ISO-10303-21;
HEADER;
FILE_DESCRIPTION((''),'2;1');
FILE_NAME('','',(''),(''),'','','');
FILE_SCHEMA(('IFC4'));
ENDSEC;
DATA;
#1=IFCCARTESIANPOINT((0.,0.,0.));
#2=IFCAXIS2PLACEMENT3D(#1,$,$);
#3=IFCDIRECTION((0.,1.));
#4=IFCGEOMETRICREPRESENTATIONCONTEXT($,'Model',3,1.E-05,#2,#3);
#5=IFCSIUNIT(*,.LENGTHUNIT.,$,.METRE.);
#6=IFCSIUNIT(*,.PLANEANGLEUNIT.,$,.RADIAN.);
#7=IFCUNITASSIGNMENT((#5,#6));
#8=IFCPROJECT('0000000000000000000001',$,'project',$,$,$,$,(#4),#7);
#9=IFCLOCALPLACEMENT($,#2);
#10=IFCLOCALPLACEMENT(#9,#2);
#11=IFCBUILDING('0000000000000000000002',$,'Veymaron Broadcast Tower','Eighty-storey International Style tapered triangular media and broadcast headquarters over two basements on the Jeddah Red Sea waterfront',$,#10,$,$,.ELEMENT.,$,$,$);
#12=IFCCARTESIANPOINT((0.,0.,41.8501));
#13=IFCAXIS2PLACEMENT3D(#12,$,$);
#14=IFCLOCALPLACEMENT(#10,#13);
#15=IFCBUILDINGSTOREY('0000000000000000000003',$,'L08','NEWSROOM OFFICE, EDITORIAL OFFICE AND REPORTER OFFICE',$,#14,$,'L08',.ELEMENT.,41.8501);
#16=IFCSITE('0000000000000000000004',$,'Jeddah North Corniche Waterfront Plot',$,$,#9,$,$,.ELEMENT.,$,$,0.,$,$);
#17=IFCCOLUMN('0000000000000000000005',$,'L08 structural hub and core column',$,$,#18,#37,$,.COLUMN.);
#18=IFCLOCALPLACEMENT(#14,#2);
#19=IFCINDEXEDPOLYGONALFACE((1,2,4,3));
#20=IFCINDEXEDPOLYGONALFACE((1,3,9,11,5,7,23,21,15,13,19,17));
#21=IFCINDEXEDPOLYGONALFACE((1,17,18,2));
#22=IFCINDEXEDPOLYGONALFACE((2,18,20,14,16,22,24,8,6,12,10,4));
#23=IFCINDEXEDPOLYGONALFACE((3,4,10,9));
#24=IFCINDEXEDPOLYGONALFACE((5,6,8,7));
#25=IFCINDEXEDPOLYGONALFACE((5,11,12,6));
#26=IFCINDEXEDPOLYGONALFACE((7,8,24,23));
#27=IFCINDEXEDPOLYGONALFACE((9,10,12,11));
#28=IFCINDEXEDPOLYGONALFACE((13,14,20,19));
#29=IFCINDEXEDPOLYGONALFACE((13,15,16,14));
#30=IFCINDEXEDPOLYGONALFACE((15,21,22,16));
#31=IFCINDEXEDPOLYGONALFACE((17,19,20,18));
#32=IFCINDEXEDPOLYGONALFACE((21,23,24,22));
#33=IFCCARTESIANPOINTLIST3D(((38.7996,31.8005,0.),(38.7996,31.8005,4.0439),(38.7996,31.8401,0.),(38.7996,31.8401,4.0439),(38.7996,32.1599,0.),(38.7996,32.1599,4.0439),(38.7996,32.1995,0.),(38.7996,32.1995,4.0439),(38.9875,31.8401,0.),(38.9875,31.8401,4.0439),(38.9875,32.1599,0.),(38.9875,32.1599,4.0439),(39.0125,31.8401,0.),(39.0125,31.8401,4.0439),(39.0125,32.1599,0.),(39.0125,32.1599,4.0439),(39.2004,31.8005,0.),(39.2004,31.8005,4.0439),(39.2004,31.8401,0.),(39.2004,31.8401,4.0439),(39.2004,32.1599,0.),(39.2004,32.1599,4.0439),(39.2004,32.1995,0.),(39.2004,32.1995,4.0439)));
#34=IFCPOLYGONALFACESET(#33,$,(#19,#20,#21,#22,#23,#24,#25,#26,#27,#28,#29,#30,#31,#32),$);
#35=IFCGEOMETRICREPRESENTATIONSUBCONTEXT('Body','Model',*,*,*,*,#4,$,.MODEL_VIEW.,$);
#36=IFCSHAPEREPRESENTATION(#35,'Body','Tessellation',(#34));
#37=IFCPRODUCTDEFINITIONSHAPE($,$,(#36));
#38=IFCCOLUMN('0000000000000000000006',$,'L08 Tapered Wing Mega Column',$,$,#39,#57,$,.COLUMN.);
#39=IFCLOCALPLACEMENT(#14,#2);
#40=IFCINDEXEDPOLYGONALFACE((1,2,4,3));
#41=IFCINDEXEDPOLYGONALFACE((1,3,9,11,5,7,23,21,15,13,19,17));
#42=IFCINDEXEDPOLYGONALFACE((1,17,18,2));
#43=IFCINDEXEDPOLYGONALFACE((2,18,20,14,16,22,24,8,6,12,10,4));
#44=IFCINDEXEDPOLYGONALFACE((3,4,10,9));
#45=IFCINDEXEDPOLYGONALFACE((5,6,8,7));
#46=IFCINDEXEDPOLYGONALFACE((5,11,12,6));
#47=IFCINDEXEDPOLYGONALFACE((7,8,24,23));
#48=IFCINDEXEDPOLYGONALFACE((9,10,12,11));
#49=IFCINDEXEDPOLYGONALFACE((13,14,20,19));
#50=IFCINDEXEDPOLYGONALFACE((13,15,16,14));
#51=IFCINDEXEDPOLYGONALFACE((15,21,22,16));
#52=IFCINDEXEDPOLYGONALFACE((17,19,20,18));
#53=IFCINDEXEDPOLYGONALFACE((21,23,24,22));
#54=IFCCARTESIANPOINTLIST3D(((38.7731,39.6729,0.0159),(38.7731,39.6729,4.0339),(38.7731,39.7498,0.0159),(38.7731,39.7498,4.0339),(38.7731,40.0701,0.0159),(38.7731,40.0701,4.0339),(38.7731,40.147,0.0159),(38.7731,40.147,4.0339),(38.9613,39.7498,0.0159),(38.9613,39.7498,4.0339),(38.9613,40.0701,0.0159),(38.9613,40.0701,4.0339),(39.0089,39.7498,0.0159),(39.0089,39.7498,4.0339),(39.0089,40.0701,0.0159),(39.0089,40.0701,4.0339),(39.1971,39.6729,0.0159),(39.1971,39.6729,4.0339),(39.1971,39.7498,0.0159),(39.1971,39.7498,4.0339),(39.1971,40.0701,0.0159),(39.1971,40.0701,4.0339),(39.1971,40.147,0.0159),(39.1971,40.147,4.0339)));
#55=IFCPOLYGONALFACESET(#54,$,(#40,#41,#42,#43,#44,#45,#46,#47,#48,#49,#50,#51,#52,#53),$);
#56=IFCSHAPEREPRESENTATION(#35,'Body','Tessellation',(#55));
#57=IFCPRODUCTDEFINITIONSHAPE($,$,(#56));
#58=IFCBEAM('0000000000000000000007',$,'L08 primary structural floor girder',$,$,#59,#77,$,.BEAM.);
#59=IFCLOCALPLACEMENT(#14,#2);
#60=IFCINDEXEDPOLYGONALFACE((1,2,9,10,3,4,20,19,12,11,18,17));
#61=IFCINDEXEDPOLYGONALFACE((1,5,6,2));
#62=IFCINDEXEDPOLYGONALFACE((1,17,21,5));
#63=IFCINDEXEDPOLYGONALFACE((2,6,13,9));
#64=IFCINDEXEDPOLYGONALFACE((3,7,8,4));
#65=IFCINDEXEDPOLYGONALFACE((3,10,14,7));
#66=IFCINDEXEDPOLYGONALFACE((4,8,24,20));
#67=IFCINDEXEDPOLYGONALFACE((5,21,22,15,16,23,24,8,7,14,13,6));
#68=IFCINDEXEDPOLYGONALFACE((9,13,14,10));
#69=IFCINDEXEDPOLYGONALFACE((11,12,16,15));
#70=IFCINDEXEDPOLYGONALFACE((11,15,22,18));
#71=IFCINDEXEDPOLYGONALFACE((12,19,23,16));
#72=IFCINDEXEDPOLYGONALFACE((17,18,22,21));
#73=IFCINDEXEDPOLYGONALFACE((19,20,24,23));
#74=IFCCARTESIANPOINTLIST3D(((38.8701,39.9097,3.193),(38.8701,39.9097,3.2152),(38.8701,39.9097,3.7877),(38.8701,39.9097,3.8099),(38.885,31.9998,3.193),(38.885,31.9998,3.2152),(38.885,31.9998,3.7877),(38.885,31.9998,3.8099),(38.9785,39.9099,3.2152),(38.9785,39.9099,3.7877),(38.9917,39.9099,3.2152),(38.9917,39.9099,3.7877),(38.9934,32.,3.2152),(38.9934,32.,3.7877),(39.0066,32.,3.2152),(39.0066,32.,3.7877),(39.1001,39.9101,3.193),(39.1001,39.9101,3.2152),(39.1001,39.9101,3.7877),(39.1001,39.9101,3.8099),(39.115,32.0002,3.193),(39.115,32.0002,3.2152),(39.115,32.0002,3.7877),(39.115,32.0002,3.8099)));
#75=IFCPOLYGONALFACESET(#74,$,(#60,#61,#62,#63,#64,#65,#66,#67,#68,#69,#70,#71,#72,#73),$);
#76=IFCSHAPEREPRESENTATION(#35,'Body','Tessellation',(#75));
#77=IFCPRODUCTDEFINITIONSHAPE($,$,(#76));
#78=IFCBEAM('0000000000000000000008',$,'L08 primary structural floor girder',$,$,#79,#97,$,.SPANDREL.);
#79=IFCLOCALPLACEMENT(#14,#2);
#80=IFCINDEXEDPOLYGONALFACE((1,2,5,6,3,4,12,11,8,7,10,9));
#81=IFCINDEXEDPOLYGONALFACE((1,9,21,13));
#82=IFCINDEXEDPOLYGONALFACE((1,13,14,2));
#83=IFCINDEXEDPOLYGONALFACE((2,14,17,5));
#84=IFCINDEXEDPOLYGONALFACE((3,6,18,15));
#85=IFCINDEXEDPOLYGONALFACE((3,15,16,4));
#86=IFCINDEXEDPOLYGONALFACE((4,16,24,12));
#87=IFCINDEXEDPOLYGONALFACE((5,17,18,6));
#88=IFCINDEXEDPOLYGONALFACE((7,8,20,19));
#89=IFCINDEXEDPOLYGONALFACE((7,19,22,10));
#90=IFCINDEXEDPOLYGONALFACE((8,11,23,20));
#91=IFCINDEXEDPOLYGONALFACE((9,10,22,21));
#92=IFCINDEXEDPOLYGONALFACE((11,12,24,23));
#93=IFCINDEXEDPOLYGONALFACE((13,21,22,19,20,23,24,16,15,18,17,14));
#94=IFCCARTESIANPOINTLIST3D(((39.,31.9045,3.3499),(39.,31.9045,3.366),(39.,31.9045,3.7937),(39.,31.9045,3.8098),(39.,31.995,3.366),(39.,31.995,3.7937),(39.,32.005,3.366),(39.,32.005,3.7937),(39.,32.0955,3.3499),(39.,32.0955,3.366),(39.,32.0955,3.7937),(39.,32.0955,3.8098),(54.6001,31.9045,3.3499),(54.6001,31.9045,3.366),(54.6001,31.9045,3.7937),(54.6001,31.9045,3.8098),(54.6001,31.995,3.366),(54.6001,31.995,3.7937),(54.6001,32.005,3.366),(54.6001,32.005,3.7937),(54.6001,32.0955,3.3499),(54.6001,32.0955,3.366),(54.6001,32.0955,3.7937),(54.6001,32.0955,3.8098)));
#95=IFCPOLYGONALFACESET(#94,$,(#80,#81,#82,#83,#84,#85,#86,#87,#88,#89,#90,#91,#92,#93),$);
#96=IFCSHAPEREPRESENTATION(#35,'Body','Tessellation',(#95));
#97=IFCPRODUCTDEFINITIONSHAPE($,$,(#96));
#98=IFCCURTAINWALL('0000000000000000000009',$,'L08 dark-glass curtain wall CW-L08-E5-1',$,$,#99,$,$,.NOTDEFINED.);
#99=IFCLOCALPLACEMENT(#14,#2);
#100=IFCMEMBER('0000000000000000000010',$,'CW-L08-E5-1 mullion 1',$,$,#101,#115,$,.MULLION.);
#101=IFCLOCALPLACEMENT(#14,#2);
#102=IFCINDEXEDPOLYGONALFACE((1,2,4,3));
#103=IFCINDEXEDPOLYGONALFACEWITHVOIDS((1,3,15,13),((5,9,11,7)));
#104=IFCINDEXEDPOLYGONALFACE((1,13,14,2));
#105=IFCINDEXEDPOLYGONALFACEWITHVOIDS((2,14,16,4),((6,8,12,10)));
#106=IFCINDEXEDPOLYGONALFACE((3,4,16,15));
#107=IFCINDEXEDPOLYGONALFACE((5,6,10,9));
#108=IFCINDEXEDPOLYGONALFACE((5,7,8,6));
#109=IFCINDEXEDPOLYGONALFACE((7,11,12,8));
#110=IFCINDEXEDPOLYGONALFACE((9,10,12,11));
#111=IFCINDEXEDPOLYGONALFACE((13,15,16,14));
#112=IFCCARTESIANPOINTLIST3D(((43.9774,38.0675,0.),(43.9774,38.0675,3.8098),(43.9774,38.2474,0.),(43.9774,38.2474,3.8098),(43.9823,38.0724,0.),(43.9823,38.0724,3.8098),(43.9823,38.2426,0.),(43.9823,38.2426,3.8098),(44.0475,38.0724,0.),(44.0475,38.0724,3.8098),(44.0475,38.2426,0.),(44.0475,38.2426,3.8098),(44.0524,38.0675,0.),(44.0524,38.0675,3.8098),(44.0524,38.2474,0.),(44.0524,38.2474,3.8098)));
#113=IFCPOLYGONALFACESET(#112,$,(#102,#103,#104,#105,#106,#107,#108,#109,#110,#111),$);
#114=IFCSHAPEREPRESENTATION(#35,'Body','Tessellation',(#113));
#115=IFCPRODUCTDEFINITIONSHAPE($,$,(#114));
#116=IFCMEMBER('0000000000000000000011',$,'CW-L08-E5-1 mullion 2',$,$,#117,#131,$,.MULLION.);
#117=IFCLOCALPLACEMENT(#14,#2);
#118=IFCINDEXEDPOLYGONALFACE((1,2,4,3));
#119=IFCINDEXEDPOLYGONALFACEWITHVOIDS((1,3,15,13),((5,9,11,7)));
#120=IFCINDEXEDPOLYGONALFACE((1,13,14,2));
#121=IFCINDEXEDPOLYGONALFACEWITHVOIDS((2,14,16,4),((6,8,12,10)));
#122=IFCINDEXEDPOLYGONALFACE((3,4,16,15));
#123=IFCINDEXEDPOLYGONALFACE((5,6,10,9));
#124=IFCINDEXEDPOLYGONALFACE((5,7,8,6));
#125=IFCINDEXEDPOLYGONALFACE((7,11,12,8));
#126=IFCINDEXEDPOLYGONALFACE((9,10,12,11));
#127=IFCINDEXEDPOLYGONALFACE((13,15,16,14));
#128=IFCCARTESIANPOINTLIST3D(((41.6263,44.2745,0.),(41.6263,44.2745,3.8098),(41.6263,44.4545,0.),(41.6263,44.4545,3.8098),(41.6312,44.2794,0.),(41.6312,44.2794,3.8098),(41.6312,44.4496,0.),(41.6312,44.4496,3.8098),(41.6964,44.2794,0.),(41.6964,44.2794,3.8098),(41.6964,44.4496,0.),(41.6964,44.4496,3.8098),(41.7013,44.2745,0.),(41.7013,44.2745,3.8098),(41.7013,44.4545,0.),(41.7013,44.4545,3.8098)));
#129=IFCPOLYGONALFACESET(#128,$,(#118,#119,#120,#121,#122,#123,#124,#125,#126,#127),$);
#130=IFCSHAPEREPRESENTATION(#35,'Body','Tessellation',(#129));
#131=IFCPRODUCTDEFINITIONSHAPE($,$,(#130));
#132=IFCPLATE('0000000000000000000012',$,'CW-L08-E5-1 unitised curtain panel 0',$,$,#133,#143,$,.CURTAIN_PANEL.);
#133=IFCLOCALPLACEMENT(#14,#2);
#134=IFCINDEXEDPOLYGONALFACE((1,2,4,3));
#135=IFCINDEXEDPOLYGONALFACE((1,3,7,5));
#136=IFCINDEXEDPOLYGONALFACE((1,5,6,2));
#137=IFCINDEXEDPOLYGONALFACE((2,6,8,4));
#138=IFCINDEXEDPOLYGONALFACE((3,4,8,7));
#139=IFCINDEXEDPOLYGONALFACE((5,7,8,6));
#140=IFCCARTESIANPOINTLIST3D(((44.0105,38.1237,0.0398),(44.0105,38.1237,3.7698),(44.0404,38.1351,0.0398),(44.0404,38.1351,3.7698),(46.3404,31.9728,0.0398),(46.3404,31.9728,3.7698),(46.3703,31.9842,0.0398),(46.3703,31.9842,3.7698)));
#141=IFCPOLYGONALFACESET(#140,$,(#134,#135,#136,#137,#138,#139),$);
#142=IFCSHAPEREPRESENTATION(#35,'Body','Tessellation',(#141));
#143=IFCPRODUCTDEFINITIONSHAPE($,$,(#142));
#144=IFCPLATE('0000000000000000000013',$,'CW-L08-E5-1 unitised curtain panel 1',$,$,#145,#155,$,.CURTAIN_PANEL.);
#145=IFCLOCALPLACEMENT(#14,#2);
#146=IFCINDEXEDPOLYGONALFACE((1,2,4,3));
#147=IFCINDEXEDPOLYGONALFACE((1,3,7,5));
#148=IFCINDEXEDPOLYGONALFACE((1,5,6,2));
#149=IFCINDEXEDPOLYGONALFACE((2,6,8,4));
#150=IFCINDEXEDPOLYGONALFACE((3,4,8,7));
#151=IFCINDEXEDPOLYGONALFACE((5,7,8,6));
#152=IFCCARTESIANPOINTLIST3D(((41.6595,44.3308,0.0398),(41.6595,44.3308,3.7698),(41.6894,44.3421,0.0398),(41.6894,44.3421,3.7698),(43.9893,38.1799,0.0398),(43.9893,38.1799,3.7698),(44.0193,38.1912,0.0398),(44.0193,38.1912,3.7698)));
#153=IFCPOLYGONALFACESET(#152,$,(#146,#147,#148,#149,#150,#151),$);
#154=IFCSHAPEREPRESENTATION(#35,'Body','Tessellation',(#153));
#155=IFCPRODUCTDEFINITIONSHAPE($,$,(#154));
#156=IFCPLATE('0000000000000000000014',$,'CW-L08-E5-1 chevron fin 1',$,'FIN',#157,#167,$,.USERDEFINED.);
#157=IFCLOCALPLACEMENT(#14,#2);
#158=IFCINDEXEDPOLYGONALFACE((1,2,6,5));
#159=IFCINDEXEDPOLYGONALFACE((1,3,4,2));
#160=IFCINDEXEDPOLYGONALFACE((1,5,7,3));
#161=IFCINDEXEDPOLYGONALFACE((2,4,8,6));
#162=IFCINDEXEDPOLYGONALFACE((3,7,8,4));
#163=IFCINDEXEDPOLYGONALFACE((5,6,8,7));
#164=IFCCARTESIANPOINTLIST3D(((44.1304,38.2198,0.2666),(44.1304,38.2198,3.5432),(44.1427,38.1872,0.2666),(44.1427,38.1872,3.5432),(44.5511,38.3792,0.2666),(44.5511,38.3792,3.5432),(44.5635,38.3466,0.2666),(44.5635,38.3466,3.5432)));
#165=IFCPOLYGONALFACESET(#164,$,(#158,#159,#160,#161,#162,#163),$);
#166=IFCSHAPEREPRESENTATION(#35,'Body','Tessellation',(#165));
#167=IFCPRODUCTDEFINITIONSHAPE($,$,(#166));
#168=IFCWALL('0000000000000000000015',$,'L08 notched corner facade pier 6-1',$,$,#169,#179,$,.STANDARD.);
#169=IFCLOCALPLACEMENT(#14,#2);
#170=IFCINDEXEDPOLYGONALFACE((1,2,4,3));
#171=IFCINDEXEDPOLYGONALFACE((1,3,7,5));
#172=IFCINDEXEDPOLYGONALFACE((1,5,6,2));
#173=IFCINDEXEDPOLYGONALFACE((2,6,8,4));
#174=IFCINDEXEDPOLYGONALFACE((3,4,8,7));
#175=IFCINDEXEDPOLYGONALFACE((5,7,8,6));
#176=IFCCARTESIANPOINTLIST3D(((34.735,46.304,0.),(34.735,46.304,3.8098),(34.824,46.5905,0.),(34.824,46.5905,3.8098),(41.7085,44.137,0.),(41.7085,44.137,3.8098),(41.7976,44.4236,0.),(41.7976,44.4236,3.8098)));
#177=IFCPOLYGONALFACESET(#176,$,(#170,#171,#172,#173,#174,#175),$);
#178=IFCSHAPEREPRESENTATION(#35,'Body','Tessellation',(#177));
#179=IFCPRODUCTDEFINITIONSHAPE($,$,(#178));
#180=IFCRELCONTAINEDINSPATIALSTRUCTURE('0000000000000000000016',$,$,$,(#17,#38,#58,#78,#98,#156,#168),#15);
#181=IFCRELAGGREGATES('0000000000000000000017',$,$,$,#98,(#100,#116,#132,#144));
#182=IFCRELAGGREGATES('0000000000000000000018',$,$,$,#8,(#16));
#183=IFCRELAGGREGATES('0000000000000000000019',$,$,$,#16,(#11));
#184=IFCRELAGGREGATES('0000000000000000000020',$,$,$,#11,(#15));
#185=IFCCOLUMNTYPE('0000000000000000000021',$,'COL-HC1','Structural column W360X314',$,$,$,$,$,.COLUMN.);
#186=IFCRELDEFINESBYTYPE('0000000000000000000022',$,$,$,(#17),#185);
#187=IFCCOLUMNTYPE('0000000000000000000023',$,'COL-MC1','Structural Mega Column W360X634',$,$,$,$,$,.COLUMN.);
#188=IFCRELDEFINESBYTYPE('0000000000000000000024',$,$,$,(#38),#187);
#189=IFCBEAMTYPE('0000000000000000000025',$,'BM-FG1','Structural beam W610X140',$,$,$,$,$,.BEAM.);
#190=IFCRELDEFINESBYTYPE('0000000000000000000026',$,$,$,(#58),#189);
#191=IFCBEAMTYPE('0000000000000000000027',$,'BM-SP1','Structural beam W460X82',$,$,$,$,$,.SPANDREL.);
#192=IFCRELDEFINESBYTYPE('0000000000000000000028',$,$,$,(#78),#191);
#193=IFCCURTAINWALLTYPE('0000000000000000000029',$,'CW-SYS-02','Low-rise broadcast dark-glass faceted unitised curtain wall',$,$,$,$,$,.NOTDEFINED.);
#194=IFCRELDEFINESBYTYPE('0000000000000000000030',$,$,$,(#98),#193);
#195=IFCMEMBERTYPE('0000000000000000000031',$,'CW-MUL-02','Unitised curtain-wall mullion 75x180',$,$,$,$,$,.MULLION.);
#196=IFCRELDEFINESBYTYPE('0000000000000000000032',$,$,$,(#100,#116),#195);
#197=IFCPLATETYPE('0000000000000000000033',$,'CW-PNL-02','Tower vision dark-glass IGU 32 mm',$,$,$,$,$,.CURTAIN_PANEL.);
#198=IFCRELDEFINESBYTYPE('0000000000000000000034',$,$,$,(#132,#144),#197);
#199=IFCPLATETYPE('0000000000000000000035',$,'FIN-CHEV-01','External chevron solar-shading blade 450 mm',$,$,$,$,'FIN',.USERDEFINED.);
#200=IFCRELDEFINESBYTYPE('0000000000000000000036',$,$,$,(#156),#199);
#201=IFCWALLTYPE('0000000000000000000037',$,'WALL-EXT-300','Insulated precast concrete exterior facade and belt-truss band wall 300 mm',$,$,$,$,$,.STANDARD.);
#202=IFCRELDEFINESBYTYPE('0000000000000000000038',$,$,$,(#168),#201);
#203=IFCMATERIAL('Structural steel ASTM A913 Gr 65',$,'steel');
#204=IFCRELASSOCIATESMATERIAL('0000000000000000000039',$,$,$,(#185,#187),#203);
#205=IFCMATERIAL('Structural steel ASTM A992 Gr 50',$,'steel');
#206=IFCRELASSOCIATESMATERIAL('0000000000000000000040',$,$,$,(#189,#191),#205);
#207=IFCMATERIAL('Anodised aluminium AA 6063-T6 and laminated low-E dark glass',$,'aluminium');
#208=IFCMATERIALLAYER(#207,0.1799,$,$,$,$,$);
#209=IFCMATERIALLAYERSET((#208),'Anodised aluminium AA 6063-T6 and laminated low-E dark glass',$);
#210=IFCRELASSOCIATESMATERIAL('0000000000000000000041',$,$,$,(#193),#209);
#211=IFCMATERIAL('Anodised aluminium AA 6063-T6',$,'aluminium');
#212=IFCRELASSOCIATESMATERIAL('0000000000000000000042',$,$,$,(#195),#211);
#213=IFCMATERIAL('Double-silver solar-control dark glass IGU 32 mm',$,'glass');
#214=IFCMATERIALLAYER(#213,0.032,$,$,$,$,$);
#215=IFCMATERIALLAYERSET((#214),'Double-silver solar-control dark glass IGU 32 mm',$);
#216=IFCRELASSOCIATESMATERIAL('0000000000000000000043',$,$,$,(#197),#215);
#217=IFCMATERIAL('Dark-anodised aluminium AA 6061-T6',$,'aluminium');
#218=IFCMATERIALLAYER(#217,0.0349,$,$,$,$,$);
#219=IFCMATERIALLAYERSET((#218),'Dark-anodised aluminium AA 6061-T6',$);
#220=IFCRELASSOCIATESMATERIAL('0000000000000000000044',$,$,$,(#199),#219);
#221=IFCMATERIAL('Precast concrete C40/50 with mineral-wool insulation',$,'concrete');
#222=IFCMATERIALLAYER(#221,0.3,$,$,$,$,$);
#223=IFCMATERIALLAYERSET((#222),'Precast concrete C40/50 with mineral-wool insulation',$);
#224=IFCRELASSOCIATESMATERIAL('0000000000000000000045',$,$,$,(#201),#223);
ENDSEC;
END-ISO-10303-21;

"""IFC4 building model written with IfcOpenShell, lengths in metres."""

from ifc_helpers import new_model, si_unit, direction, frame, frame_2d, origin, origin_2d, place, context, subcontext, project, spatial, rectangle, hollow_rectangle, i_section, extrude, material, layer, layer_set, material_profile, profile_set, type_object, element, aggregate, save


model = new_model("IFC4")

# Units and contexts
model_context = context("Model", 3, precision=1e-05, world=origin(), true_north=direction((0.0, 1.0)))
body_context = subcontext(model_context, "Body", "Model", "MODEL_VIEW")
ifc_project = project(units=[si_unit("LENGTHUNIT", "METRE"), si_unit("PLANEANGLEUNIT", "RADIAN")], contexts=[model_context])

# Site, building, storey
site_placement = place(None, origin())
site = spatial("IfcSite", under=ifc_project, at=site_placement, Name="Jeddah North Corniche Waterfront Plot", CompositionType="ELEMENT", RefElevation=0.0)
building_placement = place(site_placement, origin())
building = spatial("IfcBuilding", under=site, at=building_placement, Name="Veymaron Broadcast Tower", Description="Eighty-storey International Style tapered triangular media and broadcast headquarters over two basements on the Jeddah Red Sea waterfront", CompositionType="ELEMENT")
storey_placement = place(building_placement, frame((0.0, 0.0, 41.8501)))
storey = spatial("IfcBuildingStorey", under=building, at=storey_placement, Name="L08", Description="NEWSROOM OFFICE, EDITORIAL OFFICE AND REPORTER OFFICE", LongName="L08", CompositionType="ELEMENT", Elevation=41.8501)

# Columns
ifc_material_1 = material(Name="Structural steel ASTM A913 Gr 65", Category="steel")
ifc_material_profile_1 = material_profile(ifc_material_1, i_section(OverallWidth=0.4009, OverallDepth=0.3989, WebThickness=0.0249, FlangeThickness=0.0396, at=origin_2d()), Name="W360X314")
ifc_profile_set_1 = profile_set([ifc_material_profile_1], Name="Structural steel ASTM A913 Gr 65")
column_type_1 = type_object("IfcColumnType", Name="COL-HC1", Description="Structural column W360X314", PredefinedType="COLUMN", material=ifc_profile_set_1)
column_1_placement = place(storey_placement, frame((39.0, 32.0, 0.0), z_axis=(0.0, 0.0, 1.0), x_axis=(1.0, 0.0, 0.0)))
element("IfcColumn", 1, at=column_1_placement, inside=storey, type_object=column_type_1, Name="L08 structural hub and core column", PredefinedType="COLUMN", context=body_context, shape_type="SweptSolid", body=[
    extrude(i_section(OverallWidth=0.4009, OverallDepth=0.3989, WebThickness=0.0249, FlangeThickness=0.0396, at=origin_2d()), origin(), (0.0, 0.0, 1.0), 4.0439),
])
ifc_material_profile_2 = material_profile(ifc_material_1, i_section(OverallWidth=0.4241, OverallDepth=0.4741, WebThickness=0.0476, FlangeThickness=0.0769, at=origin_2d()), Name="W360X634")
ifc_profile_set_2 = profile_set([ifc_material_profile_2], Name="Structural steel ASTM A913 Gr 65")
column_type_2 = type_object("IfcColumnType", Name="COL-MC1", Description="Structural Mega Column W360X634", PredefinedType="COLUMN", material=ifc_profile_set_2)
column_2_placement = place(storey_placement, frame((38.9851, 39.9099, 0.0159), z_axis=(0.0, 0.0, 1.0), x_axis=(1.0, 0.0, 0.0)))
element("IfcColumn", 2, at=column_2_placement, inside=storey, type_object=column_type_2, Name="L08 Tapered Wing Mega Column", PredefinedType="COLUMN", context=body_context, shape_type="SweptSolid", body=[
    extrude(i_section(OverallWidth=0.4241, OverallDepth=0.4741, WebThickness=0.0476, FlangeThickness=0.0769, at=origin_2d()), origin(), (0.0, 0.0, 1.0), 4.0181),
])

# Beams
ifc_material_2 = material(Name="Structural steel ASTM A992 Gr 50", Category="steel")
ifc_material_profile_3 = material_profile(ifc_material_2, i_section(OverallWidth=0.23, OverallDepth=0.6169, WebThickness=0.0132, FlangeThickness=0.0222, at=origin_2d()), Name="W610X140")
ifc_profile_set_3 = profile_set([ifc_material_profile_3], Name="Structural steel ASTM A992 Gr 50")
beam_type_1 = type_object("IfcBeamType", Name="BM-FG1", Description="Structural beam W610X140", PredefinedType="BEAM", material=ifc_profile_set_3)
beam_1_placement = place(storey_placement, frame((39.0, 32.0, 3.5015), z_axis=(-0.001883, 0.999998, 0.0), x_axis=(-0.999998, -0.001883, 0.0)))
element("IfcBeam", 3, at=beam_1_placement, inside=storey, type_object=beam_type_1, Name="L08 primary structural floor girder", PredefinedType="BEAM", context=body_context, shape_type="SweptSolid", body=[
    extrude(i_section(OverallWidth=0.23, OverallDepth=0.6169, WebThickness=0.0132, FlangeThickness=0.0222, at=origin_2d()), origin(), (0.0, 0.0, 1.0), 7.9099),
])
ifc_material_profile_4 = material_profile(ifc_material_2, i_section(OverallWidth=0.1909, OverallDepth=0.46, WebThickness=0.01, FlangeThickness=0.0161, at=origin_2d()), Name="W460X82")
ifc_profile_set_4 = profile_set([ifc_material_profile_4], Name="Structural steel ASTM A992 Gr 50")
beam_type_2 = type_object("IfcBeamType", Name="BM-SP1", Description="Structural beam W460X82", PredefinedType="SPANDREL", material=ifc_profile_set_4)
beam_2_placement = place(storey_placement, frame((39.0, 32.0, 3.5798), z_axis=(1.0, 0.0, 0.0), x_axis=(0.0, 1.0, 0.0)))
element("IfcBeam", 4, at=beam_2_placement, inside=storey, type_object=beam_type_2, Name="L08 primary structural floor girder", PredefinedType="SPANDREL", context=body_context, shape_type="SweptSolid", body=[
    extrude(i_section(OverallWidth=0.1909, OverallDepth=0.46, WebThickness=0.01, FlangeThickness=0.0161, at=origin_2d()), origin(), (0.0, 0.0, 1.0), 15.6001),
])

# Curtain wall, members, plates
ifc_material_3 = material(Name="Anodised aluminium AA 6063-T6 and laminated low-E dark glass", Category="aluminium")
ifc_layer_1 = layer(ifc_material_3, 0.1799)
ifc_layer_set_1 = layer_set([ifc_layer_1], Name="Anodised aluminium AA 6063-T6 and laminated low-E dark glass")
curtain_wall_type = type_object("IfcCurtainWallType", Name="CW-SYS-02", Description="Low-rise broadcast dark-glass faceted unitised curtain wall", PredefinedType="NOTDEFINED", material=ifc_layer_set_1)
curtain_wall_placement = place(storey_placement, origin())
curtain_wall = element("IfcCurtainWall", 5, at=curtain_wall_placement, inside=storey, type_object=curtain_wall_type, Name="L08 dark-glass curtain wall CW-L08-E5-1", PredefinedType="NOTDEFINED")
ifc_material_4 = material(Name="Anodised aluminium AA 6063-T6", Category="aluminium")
ifc_material_profile_5 = material_profile(ifc_material_4, hollow_rectangle(XDim=0.075, YDim=0.1799, WallThickness=0.0049, at=origin_2d()), Name="AL180X75X5")
ifc_profile_set_5 = profile_set([ifc_material_profile_5], Name="Anodised aluminium AA 6063-T6")
member_type = type_object("IfcMemberType", Name="CW-MUL-02", Description="Unitised curtain-wall mullion 75x180", PredefinedType="MULLION", material=ifc_profile_set_5)
member_1_placement = place(storey_placement, frame((44.0149, 38.1575, 0.0), z_axis=(0.0, 0.0, 1.0), x_axis=(1.0, 0.0, 0.0)))
member_1 = element("IfcMember", 6, at=member_1_placement, type_object=member_type, Name="CW-L08-E5-1 mullion 1", PredefinedType="MULLION", context=body_context, shape_type="SweptSolid", body=[
    extrude(hollow_rectangle(XDim=0.075, YDim=0.1799, WallThickness=0.0049, at=origin_2d()), origin(), (0.0, 0.0, 1.0), 3.8098),
])
member_2_placement = place(storey_placement, frame((41.6638, 44.3645, 0.0), z_axis=(0.0, 0.0, 1.0), x_axis=(1.0, 0.0, 0.0)))
member_2 = element("IfcMember", 7, at=member_2_placement, type_object=member_type, Name="CW-L08-E5-1 mullion 2", PredefinedType="MULLION", context=body_context, shape_type="SweptSolid", body=[
    extrude(hollow_rectangle(XDim=0.075, YDim=0.1799, WallThickness=0.0049, at=origin_2d()), origin(), (0.0, 0.0, 1.0), 3.8098),
])
ifc_material_5 = material(Name="Double-silver solar-control dark glass IGU 32 mm", Category="glass")
ifc_layer_2 = layer(ifc_material_5, 0.032)
ifc_layer_set_2 = layer_set([ifc_layer_2], Name="Double-silver solar-control dark glass IGU 32 mm")
plate_type_1 = type_object("IfcPlateType", Name="CW-PNL-02", Description="Tower vision dark-glass IGU 32 mm", PredefinedType="CURTAIN_PANEL", material=ifc_layer_set_2)
plate_1_placement = place(storey_placement, frame((45.1904, 35.054, 0.0398), z_axis=(0.0, 0.0, 1.0), x_axis=(-0.354226, 0.93516, 0.0)))
plate_1 = element("IfcPlate", 8, at=plate_1_placement, type_object=plate_type_1, Name="CW-L08-E5-1 unitised curtain panel 0", PredefinedType="CURTAIN_PANEL", context=body_context, shape_type="SweptSolid", body=[
    extrude(rectangle(XDim=6.5774, YDim=0.032, at=origin_2d()), origin(), (0.0, 0.0, 1.0), 3.73),
])
plate_2_placement = place(storey_placement, frame((42.8394, 41.261, 0.0398), z_axis=(0.0, 0.0, 1.0), x_axis=(-0.354226, 0.93516, 0.0)))
plate_2 = element("IfcPlate", 9, at=plate_2_placement, type_object=plate_type_1, Name="CW-L08-E5-1 unitised curtain panel 1", PredefinedType="CURTAIN_PANEL", context=body_context, shape_type="SweptSolid", body=[
    extrude(rectangle(XDim=6.5774, YDim=0.032, at=origin_2d()), origin(), (0.0, 0.0, 1.0), 3.73),
])
aggregate(curtain_wall, [member_1, member_2, plate_1, plate_2])

# Plate
ifc_material_6 = material(Name="Dark-anodised aluminium AA 6061-T6", Category="aluminium")
ifc_layer_3 = layer(ifc_material_6, 0.0349)
ifc_layer_set_3 = layer_set([ifc_layer_3], Name="Dark-anodised aluminium AA 6061-T6")
plate_type_2 = type_object("IfcPlateType", Name="FIN-CHEV-01", Description="External chevron solar-shading blade 450 mm", ElementType="FIN", PredefinedType="USERDEFINED", material=ifc_layer_set_3)
plate_3_placement = place(storey_placement, frame((44.3469, 38.2832, 0.2666), z_axis=(0.0, 0.0, 1.0), x_axis=(0.93516, 0.354226, 0.0)))
element("IfcPlate", 10, at=plate_3_placement, inside=storey, type_object=plate_type_2, Name="CW-L08-E5-1 chevron fin 1", ObjectType="FIN", PredefinedType="USERDEFINED", context=body_context, shape_type="SweptSolid", body=[
    extrude(rectangle(XDim=0.45, YDim=0.0349, at=origin_2d()), origin(), (0.0, 0.0, 1.0), 3.2766),
])

# Wall
ifc_material_7 = material(Name="Precast concrete C40/50 with mineral-wool insulation", Category="concrete")
ifc_layer_4 = layer(ifc_material_7, 0.3)
ifc_layer_set_4 = layer_set([ifc_layer_4], Name="Precast concrete C40/50 with mineral-wool insulation")
wall_type_1 = type_object("IfcWallType", Name="WALL-EXT-300", Description="Insulated precast concrete exterior facade and belt-truss band wall 300 mm", PredefinedType="STANDARD", material=ifc_layer_set_4)
wall_1_placement = place(storey_placement, frame((41.7532, 44.2803, 0.0), z_axis=(0.0, 0.0, 1.0), x_axis=(-0.954957, 0.296744, 0.0)))
element("IfcWall", 11, at=wall_1_placement, inside=storey, type_object=wall_type_1, Name="L08 notched corner facade pier 6-1", PredefinedType="STANDARD", context=body_context, shape_type="SweptSolid", body=[
    extrude(rectangle(XDim=7.3025, YDim=0.3, at=frame_2d((3.6514, 0.0))), origin(), (0.0, 0.0, 1.0), 3.8098),
])

save(model, "model.ifc")
